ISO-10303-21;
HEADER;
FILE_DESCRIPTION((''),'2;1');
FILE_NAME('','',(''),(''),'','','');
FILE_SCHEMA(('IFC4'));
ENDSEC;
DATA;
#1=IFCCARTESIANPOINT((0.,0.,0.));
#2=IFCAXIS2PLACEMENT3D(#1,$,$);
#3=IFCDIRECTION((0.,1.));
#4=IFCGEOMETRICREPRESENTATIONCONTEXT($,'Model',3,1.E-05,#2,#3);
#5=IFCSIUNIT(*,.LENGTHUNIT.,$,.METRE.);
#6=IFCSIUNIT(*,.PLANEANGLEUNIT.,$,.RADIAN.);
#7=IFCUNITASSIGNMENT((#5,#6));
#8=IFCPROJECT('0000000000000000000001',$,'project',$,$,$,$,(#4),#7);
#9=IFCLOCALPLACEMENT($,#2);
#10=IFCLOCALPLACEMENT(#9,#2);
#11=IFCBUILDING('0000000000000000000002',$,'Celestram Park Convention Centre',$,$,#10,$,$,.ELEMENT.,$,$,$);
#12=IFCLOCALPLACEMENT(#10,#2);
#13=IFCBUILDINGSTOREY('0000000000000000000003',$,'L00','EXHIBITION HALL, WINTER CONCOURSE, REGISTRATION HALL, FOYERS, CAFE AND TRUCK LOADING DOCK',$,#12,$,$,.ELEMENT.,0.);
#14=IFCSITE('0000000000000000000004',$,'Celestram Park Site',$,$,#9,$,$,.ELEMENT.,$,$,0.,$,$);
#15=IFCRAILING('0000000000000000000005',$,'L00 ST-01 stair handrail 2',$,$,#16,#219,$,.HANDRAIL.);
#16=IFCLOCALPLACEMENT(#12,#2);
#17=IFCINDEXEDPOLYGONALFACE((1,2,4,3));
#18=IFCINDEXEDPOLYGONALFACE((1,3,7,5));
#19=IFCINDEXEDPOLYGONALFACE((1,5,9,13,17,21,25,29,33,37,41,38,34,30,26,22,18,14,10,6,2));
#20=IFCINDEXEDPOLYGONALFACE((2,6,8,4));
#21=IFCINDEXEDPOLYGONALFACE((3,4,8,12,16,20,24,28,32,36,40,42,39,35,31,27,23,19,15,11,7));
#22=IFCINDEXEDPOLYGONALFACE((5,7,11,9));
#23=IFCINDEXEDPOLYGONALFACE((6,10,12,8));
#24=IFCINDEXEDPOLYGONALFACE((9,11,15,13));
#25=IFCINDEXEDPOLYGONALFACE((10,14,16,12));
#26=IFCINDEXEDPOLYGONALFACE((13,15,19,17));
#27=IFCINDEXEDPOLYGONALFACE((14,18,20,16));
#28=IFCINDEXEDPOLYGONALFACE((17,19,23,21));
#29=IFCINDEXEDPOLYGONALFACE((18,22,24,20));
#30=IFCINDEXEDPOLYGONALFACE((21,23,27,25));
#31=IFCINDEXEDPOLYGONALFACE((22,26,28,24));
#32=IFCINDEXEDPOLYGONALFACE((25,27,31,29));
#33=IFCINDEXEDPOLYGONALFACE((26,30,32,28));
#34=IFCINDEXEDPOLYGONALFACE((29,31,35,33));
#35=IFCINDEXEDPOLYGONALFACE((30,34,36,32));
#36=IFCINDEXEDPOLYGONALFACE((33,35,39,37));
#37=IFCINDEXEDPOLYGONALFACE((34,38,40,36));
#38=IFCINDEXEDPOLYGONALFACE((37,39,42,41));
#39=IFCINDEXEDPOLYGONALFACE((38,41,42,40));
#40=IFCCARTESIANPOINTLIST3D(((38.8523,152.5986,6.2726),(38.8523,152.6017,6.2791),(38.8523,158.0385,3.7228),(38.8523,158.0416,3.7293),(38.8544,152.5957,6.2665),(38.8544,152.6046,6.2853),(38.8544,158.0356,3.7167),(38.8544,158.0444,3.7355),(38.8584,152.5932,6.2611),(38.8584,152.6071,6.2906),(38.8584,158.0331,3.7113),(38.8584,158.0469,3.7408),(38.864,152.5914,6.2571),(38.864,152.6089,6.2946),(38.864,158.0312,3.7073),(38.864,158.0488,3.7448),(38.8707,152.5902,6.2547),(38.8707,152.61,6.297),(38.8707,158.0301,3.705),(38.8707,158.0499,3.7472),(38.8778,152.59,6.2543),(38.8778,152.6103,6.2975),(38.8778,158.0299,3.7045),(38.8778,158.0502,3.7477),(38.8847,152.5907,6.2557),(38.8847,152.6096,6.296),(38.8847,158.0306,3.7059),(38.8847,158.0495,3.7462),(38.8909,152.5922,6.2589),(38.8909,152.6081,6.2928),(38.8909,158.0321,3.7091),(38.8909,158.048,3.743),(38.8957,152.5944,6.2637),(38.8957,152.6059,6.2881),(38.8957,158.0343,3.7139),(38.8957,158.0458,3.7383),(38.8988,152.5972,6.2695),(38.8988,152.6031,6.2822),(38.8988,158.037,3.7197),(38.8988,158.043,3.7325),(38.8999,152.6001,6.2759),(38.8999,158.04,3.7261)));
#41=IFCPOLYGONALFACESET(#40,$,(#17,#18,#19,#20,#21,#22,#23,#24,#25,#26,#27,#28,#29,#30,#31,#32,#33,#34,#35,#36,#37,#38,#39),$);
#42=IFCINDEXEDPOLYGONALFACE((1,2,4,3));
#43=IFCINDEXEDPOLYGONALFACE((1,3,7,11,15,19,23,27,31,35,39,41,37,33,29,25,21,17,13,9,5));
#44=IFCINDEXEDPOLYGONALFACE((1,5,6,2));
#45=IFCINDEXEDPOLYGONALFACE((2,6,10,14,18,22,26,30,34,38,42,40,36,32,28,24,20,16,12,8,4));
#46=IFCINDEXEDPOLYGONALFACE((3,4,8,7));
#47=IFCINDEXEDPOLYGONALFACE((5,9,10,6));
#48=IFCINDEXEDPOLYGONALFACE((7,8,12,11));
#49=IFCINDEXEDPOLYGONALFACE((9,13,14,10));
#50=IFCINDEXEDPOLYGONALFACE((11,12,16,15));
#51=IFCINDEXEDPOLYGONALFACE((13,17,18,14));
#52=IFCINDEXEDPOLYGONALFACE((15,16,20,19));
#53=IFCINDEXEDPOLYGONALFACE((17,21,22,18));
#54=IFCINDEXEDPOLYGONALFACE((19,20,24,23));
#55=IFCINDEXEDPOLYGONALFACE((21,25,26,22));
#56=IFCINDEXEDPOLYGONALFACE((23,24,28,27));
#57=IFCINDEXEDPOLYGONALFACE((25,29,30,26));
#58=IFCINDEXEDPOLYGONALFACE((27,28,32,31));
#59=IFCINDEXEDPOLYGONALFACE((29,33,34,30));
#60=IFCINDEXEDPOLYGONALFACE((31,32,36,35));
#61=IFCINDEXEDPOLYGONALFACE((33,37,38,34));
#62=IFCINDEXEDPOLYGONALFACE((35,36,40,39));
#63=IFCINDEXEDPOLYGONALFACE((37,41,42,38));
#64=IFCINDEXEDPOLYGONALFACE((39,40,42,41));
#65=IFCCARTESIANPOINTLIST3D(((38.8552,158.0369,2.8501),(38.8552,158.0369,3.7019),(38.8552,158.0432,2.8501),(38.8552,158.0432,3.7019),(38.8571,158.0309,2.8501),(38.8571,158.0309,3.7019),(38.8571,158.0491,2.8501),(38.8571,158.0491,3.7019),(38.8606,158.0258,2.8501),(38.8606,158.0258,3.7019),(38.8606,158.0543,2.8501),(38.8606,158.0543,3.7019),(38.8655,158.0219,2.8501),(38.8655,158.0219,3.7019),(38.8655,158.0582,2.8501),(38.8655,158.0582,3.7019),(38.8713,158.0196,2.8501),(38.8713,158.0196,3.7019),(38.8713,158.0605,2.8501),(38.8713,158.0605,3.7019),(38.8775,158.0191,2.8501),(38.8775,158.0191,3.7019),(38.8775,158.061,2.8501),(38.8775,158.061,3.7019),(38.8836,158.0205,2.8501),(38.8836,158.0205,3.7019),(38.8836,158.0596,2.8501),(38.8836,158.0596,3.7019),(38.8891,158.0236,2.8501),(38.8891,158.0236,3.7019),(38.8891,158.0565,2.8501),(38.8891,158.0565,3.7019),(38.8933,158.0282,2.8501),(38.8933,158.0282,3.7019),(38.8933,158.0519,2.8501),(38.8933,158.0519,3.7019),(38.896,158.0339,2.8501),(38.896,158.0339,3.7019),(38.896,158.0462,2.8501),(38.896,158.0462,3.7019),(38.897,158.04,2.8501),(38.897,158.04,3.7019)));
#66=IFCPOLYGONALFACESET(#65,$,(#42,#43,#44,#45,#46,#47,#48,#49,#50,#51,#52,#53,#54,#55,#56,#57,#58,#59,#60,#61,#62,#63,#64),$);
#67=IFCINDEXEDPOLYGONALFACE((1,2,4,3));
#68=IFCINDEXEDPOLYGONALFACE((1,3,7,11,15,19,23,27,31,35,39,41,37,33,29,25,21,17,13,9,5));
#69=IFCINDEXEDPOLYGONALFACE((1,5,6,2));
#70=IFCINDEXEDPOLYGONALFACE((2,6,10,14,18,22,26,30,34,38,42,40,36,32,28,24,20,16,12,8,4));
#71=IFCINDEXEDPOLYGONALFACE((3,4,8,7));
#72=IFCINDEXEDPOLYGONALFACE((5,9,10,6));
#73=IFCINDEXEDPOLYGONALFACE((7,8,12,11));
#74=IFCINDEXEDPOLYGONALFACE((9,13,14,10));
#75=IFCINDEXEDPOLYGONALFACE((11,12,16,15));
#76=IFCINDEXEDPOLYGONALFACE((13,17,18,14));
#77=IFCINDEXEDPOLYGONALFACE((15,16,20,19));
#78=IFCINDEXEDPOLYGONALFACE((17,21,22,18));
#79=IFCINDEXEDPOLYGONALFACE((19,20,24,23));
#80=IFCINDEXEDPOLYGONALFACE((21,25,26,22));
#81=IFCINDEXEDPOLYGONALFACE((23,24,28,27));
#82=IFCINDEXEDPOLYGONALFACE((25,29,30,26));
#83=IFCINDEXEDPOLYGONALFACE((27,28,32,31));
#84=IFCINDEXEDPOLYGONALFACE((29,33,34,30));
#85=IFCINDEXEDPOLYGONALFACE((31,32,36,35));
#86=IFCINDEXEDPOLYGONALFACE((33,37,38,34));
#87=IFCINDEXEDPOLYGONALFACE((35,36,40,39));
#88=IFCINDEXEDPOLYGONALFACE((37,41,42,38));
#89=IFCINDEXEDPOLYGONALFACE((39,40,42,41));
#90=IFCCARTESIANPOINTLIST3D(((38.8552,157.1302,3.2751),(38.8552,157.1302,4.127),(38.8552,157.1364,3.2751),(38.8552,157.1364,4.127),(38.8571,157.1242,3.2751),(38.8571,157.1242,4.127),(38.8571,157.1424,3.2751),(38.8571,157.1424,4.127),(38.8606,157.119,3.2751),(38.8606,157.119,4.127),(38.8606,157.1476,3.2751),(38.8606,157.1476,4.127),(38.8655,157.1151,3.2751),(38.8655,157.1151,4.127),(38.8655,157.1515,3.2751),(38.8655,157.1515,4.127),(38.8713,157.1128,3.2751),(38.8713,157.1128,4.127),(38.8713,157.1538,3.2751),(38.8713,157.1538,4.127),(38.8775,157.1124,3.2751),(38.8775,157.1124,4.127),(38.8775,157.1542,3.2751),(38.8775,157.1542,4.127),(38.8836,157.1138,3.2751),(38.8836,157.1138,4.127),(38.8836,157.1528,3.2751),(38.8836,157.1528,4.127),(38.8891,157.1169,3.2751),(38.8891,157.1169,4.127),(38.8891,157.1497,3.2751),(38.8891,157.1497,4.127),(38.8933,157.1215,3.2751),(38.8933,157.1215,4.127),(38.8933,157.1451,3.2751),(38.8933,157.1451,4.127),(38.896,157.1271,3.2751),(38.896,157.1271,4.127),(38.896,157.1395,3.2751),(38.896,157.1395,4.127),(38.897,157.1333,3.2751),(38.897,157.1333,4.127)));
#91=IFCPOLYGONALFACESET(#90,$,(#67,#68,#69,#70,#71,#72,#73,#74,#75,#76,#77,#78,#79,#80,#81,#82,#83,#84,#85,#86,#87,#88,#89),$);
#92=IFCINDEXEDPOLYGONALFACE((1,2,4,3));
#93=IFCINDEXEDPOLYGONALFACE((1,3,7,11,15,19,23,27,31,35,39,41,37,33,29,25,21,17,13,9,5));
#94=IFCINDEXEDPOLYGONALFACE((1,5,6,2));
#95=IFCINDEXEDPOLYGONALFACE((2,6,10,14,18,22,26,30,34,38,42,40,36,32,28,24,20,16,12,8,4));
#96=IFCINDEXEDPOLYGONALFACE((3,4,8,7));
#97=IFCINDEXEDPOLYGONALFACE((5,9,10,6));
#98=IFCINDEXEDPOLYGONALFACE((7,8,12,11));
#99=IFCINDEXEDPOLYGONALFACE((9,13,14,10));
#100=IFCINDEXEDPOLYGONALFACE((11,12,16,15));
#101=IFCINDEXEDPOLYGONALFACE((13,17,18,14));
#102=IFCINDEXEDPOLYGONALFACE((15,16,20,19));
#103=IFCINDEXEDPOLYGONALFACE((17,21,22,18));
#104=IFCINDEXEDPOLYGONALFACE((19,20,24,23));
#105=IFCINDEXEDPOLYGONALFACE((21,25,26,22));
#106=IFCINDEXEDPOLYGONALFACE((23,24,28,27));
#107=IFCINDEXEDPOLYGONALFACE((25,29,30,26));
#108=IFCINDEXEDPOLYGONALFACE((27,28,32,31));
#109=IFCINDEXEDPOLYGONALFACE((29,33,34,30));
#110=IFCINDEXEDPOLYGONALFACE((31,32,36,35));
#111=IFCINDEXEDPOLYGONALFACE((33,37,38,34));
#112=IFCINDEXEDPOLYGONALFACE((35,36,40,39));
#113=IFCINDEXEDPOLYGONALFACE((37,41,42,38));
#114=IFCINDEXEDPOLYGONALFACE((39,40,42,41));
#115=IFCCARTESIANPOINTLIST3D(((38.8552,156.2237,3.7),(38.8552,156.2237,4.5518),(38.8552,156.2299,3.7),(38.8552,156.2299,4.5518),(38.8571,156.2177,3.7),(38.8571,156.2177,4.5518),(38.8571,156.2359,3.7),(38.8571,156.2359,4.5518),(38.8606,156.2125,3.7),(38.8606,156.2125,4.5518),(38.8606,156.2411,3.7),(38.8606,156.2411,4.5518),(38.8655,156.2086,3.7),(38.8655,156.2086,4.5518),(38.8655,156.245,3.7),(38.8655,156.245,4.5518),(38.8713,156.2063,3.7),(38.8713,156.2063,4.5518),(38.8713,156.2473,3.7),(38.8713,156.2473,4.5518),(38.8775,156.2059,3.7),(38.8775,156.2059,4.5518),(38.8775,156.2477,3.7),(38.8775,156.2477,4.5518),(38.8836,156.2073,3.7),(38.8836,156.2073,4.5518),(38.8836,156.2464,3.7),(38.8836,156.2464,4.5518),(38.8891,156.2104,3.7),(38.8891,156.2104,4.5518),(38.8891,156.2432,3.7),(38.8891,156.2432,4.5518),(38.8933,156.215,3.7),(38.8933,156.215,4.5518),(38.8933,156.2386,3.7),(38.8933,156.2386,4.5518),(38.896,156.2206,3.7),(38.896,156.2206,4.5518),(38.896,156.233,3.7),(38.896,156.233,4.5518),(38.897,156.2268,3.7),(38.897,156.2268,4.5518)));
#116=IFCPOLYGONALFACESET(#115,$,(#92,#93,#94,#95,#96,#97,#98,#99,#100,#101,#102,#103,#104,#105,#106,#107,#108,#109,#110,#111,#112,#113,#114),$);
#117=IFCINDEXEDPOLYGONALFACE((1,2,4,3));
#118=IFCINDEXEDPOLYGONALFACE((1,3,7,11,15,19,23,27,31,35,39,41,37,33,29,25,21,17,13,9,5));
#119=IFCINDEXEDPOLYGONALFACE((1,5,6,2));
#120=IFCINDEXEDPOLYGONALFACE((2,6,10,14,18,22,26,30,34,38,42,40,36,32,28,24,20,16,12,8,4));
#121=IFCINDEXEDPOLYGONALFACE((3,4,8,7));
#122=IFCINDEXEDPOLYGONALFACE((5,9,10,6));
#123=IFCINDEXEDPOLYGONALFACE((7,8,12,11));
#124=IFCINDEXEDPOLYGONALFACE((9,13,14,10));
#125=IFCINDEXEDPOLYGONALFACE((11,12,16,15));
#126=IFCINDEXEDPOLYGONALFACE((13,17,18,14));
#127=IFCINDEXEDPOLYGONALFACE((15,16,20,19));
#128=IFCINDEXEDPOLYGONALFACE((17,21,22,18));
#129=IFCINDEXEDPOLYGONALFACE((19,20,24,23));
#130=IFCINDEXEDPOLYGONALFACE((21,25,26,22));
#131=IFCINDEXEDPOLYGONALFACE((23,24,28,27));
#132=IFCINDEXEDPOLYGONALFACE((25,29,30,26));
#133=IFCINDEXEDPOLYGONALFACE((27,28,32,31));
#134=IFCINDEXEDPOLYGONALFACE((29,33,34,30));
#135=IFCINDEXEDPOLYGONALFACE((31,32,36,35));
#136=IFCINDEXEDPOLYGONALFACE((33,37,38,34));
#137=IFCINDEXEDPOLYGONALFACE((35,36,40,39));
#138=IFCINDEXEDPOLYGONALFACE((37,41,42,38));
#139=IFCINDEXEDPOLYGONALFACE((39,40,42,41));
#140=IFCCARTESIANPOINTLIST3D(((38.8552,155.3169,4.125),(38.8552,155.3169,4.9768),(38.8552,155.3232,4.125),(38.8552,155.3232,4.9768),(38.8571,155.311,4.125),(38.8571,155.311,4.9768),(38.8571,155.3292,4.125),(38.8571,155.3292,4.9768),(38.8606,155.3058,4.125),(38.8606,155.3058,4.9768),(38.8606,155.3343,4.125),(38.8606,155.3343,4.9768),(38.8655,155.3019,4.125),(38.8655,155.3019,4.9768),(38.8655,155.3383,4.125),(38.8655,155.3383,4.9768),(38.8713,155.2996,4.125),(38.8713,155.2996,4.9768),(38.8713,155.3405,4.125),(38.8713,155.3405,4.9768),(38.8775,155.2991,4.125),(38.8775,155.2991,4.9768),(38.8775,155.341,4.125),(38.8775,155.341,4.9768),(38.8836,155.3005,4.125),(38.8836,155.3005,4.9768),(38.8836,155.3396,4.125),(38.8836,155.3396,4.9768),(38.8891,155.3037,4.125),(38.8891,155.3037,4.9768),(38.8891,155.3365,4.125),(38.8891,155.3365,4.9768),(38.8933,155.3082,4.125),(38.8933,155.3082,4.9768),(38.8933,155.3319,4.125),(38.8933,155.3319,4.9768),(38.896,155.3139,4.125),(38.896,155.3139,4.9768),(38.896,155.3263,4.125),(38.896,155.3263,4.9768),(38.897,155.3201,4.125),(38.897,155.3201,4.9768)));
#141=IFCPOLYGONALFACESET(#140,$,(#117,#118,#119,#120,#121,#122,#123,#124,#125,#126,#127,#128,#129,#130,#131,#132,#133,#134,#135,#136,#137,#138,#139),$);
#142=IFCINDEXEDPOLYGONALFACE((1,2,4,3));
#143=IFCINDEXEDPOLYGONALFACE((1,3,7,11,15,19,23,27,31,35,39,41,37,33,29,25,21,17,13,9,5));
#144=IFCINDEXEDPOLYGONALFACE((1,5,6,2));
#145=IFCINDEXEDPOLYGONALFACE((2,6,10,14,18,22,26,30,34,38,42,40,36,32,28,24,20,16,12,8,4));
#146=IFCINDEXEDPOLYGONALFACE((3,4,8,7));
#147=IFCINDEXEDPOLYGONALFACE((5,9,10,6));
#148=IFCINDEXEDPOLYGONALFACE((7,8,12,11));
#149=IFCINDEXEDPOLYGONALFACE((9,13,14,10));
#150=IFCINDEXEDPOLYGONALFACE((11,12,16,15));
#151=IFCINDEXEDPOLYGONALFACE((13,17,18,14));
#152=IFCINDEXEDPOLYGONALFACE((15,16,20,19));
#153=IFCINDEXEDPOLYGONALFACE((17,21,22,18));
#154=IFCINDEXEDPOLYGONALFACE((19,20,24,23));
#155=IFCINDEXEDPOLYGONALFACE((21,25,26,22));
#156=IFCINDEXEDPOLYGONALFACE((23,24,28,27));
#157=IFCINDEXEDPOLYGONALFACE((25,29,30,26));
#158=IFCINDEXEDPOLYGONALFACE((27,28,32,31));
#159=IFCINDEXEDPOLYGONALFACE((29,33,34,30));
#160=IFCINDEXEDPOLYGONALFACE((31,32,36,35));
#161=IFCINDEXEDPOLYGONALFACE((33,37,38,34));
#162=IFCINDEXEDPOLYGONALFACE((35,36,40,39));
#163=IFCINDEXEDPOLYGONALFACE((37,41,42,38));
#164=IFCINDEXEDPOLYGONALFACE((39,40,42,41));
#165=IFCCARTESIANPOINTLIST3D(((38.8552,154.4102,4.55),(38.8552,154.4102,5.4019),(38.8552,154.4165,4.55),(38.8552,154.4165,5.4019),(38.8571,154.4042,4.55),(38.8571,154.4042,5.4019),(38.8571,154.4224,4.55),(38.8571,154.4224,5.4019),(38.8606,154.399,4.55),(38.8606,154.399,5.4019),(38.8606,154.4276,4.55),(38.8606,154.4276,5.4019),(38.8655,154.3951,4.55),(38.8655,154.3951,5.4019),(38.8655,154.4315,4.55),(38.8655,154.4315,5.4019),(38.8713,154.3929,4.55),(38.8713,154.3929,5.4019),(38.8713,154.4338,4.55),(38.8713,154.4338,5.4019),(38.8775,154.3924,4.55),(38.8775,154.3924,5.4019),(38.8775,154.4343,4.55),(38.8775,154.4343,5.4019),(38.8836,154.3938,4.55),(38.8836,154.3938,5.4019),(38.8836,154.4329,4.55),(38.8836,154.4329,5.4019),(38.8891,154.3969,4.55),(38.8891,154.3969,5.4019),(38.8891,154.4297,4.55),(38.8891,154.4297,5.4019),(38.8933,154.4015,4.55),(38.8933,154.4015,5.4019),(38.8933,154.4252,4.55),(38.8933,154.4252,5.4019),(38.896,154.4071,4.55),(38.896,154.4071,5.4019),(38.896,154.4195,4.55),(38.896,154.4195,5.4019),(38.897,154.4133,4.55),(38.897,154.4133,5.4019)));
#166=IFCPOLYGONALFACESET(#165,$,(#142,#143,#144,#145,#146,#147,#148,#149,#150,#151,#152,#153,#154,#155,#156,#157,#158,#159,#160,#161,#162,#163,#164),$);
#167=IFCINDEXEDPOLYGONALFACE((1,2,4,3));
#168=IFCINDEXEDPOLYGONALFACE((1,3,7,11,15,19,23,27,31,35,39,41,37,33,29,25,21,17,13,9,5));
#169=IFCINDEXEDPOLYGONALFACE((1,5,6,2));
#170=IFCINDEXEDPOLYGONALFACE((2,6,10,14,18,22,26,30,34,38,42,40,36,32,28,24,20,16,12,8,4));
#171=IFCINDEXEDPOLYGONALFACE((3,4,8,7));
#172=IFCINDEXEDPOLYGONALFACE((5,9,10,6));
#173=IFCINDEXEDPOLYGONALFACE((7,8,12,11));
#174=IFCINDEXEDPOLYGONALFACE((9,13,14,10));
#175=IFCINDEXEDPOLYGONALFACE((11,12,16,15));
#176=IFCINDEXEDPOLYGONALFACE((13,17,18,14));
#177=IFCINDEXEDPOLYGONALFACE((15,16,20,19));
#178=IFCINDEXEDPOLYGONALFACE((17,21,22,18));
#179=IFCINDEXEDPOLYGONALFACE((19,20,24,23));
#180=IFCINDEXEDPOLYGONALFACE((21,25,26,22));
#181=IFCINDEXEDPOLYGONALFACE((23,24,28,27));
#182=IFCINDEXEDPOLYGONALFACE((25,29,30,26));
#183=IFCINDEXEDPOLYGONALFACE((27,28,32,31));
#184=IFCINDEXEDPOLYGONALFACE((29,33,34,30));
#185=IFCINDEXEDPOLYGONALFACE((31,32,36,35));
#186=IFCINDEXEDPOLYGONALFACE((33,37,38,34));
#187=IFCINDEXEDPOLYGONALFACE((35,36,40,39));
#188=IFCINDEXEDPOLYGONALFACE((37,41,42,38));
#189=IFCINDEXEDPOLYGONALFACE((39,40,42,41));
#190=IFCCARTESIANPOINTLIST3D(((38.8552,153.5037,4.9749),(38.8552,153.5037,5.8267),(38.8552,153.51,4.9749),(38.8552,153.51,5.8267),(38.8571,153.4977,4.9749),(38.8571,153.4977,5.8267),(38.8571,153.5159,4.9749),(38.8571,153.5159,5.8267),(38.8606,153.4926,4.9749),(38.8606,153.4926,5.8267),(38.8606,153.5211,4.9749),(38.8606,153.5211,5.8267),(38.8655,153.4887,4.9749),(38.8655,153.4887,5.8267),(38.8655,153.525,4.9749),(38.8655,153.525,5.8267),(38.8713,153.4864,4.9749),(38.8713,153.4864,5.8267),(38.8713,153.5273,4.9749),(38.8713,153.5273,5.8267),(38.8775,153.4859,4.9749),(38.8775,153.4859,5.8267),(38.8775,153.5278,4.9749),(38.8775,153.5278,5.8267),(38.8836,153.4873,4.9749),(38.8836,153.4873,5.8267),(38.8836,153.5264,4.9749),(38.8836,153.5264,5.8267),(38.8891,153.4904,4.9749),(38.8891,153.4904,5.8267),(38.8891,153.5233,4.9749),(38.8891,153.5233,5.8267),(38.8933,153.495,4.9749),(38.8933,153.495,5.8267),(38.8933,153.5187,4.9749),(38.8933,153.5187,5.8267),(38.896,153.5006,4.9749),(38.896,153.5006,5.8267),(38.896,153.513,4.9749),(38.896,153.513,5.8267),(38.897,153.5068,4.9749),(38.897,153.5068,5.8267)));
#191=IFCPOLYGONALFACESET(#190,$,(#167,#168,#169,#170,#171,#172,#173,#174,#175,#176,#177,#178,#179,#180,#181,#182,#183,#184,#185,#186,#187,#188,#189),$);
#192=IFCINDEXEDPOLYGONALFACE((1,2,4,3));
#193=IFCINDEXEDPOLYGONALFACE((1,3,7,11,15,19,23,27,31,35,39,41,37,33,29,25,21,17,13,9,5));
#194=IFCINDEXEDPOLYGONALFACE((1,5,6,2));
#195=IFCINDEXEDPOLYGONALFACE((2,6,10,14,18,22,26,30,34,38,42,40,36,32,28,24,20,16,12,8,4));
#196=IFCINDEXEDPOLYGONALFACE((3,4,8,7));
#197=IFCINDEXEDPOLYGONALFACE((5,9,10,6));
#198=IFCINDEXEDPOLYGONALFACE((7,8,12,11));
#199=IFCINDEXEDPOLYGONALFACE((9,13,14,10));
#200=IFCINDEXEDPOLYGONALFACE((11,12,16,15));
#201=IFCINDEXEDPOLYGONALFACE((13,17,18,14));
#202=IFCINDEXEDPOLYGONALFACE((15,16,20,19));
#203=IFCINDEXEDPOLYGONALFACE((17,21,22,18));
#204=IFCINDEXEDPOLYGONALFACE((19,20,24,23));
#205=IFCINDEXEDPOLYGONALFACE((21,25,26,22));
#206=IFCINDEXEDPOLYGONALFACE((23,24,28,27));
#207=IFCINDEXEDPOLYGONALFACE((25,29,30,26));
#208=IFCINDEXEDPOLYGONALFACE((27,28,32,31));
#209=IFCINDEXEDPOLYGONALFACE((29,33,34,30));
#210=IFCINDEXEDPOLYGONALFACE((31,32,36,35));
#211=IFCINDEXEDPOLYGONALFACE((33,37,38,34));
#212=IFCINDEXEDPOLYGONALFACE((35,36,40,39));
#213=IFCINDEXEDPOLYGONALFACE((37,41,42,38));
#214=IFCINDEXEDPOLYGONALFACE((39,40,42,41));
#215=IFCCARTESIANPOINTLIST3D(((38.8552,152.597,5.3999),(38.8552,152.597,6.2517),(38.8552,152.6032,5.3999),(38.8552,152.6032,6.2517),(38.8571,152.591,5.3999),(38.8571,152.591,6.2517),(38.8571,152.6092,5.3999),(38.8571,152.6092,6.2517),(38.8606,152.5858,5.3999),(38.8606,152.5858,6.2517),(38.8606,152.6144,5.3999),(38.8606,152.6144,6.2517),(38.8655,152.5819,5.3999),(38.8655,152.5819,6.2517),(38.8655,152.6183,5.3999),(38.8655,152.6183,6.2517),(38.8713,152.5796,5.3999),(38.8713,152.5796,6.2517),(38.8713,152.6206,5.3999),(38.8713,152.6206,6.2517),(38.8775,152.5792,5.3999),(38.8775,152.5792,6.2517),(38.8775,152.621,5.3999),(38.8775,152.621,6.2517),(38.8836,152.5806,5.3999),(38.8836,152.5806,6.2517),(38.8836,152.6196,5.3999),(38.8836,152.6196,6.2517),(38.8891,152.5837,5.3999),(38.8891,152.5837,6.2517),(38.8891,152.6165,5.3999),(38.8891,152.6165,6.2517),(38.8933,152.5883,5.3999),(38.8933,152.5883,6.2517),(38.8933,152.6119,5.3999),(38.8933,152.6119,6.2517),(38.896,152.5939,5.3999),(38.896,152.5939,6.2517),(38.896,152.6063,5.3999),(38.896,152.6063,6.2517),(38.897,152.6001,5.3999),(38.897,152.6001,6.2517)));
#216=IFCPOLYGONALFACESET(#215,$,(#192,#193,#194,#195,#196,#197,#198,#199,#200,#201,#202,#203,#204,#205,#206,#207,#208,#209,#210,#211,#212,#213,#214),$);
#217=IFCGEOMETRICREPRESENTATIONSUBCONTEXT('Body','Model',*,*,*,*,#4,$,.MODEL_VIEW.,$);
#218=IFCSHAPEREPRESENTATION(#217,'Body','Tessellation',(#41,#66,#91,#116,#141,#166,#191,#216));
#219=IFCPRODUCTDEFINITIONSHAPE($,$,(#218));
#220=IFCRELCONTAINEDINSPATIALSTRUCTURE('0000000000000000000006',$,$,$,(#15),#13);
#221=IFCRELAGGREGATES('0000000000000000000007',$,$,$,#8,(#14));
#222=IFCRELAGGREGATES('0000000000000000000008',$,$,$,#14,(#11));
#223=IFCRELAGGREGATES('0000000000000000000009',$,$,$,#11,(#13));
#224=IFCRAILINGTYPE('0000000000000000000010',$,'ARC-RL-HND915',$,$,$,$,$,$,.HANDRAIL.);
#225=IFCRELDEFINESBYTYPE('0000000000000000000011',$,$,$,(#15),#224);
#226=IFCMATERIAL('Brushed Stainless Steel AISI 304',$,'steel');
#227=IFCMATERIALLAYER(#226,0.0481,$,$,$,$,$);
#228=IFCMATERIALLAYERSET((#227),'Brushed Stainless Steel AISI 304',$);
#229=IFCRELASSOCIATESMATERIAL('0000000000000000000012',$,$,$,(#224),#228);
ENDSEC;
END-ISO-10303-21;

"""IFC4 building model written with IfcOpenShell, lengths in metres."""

from ifc_helpers import new_model, si_unit, direction, frame, origin, origin_2d, place, context, subcontext, project, spatial, circle, extrude, material, layer, layer_set, type_object, element, save


model = new_model("IFC4")

# Units and contexts
model_context = context("Model", 3, precision=1e-05, world=origin(), true_north=direction((0.0, 1.0)))
body_context = subcontext(model_context, "Body", "Model", "MODEL_VIEW")
ifc_project = project(units=[si_unit("LENGTHUNIT", "METRE"), si_unit("PLANEANGLEUNIT", "RADIAN")], contexts=[model_context])

# Site, building, storey
site_placement = place(None, origin())
site = spatial("IfcSite", under=ifc_project, at=site_placement, Name="Celestram Park Site", CompositionType="ELEMENT", RefElevation=0.0)
building_placement = place(site_placement, origin())
building = spatial("IfcBuilding", under=site, at=building_placement, Name="Celestram Park Convention Centre", CompositionType="ELEMENT")
storey_placement = place(building_placement, origin())
storey = spatial("IfcBuildingStorey", under=building, at=storey_placement, Name="L00", Description="EXHIBITION HALL, WINTER CONCOURSE, REGISTRATION HALL, FOYERS, CAFE AND TRUCK LOADING DOCK", CompositionType="ELEMENT", Elevation=0.0)

# Railing
ifc_material_1 = material(Name="Brushed Stainless Steel AISI 304", Category="steel")
ifc_layer_1 = layer(ifc_material_1, 0.0481)
ifc_layer_set_1 = layer_set([ifc_layer_1], Name="Brushed Stainless Steel AISI 304")
railing_type_1 = type_object("IfcRailingType", Name="ARC-RL-HND915", PredefinedType="HANDRAIL", material=ifc_layer_set_1)
railing_1_placement = place(storey_placement, frame((38.876, 158.04, 2.8501)))
element("IfcRailing", 1, at=railing_1_placement, inside=storey, type_object=railing_type_1, Name="L00 ST-01 stair handrail 2", PredefinedType="HANDRAIL", context=body_context, shape_type="SweptSolid", body=[
    extrude(circle(Radius=0.0239, at=origin_2d()), frame((0.0, 0.0, 0.876), z_axis=(0.0, -0.90547, 0.424411), x_axis=(1.0, 0.0, 0.0)), (0.0, 0.0, 1.0), 6.0078),
    extrude(circle(Radius=0.021, at=origin_2d()), origin(), (0.0, 0.0, 1.0), 0.8518),
    extrude(circle(Radius=0.021, at=origin_2d()), frame((0.0, -0.9067, 0.425)), (0.0, 0.0, 1.0), 0.8518),
    extrude(circle(Radius=0.021, at=origin_2d()), frame((0.0, -1.8132, 0.8499)), (0.0, 0.0, 1.0), 0.8518),
    extrude(circle(Radius=0.021, at=origin_2d()), frame((0.0, -2.72, 1.2749)), (0.0, 0.0, 1.0), 0.8518),
    extrude(circle(Radius=0.021, at=origin_2d()), frame((0.0, -3.6267, 1.7)), (0.0, 0.0, 1.0), 0.8518),
    extrude(circle(Radius=0.021, at=origin_2d()), frame((0.0, -4.5332, 2.1248)), (0.0, 0.0, 1.0), 0.8518),
    extrude(circle(Radius=0.021, at=origin_2d()), frame((0.0, -5.4399, 2.5498)), (0.0, 0.0, 1.0), 0.8518),
])

save(model, "model.ifc")
